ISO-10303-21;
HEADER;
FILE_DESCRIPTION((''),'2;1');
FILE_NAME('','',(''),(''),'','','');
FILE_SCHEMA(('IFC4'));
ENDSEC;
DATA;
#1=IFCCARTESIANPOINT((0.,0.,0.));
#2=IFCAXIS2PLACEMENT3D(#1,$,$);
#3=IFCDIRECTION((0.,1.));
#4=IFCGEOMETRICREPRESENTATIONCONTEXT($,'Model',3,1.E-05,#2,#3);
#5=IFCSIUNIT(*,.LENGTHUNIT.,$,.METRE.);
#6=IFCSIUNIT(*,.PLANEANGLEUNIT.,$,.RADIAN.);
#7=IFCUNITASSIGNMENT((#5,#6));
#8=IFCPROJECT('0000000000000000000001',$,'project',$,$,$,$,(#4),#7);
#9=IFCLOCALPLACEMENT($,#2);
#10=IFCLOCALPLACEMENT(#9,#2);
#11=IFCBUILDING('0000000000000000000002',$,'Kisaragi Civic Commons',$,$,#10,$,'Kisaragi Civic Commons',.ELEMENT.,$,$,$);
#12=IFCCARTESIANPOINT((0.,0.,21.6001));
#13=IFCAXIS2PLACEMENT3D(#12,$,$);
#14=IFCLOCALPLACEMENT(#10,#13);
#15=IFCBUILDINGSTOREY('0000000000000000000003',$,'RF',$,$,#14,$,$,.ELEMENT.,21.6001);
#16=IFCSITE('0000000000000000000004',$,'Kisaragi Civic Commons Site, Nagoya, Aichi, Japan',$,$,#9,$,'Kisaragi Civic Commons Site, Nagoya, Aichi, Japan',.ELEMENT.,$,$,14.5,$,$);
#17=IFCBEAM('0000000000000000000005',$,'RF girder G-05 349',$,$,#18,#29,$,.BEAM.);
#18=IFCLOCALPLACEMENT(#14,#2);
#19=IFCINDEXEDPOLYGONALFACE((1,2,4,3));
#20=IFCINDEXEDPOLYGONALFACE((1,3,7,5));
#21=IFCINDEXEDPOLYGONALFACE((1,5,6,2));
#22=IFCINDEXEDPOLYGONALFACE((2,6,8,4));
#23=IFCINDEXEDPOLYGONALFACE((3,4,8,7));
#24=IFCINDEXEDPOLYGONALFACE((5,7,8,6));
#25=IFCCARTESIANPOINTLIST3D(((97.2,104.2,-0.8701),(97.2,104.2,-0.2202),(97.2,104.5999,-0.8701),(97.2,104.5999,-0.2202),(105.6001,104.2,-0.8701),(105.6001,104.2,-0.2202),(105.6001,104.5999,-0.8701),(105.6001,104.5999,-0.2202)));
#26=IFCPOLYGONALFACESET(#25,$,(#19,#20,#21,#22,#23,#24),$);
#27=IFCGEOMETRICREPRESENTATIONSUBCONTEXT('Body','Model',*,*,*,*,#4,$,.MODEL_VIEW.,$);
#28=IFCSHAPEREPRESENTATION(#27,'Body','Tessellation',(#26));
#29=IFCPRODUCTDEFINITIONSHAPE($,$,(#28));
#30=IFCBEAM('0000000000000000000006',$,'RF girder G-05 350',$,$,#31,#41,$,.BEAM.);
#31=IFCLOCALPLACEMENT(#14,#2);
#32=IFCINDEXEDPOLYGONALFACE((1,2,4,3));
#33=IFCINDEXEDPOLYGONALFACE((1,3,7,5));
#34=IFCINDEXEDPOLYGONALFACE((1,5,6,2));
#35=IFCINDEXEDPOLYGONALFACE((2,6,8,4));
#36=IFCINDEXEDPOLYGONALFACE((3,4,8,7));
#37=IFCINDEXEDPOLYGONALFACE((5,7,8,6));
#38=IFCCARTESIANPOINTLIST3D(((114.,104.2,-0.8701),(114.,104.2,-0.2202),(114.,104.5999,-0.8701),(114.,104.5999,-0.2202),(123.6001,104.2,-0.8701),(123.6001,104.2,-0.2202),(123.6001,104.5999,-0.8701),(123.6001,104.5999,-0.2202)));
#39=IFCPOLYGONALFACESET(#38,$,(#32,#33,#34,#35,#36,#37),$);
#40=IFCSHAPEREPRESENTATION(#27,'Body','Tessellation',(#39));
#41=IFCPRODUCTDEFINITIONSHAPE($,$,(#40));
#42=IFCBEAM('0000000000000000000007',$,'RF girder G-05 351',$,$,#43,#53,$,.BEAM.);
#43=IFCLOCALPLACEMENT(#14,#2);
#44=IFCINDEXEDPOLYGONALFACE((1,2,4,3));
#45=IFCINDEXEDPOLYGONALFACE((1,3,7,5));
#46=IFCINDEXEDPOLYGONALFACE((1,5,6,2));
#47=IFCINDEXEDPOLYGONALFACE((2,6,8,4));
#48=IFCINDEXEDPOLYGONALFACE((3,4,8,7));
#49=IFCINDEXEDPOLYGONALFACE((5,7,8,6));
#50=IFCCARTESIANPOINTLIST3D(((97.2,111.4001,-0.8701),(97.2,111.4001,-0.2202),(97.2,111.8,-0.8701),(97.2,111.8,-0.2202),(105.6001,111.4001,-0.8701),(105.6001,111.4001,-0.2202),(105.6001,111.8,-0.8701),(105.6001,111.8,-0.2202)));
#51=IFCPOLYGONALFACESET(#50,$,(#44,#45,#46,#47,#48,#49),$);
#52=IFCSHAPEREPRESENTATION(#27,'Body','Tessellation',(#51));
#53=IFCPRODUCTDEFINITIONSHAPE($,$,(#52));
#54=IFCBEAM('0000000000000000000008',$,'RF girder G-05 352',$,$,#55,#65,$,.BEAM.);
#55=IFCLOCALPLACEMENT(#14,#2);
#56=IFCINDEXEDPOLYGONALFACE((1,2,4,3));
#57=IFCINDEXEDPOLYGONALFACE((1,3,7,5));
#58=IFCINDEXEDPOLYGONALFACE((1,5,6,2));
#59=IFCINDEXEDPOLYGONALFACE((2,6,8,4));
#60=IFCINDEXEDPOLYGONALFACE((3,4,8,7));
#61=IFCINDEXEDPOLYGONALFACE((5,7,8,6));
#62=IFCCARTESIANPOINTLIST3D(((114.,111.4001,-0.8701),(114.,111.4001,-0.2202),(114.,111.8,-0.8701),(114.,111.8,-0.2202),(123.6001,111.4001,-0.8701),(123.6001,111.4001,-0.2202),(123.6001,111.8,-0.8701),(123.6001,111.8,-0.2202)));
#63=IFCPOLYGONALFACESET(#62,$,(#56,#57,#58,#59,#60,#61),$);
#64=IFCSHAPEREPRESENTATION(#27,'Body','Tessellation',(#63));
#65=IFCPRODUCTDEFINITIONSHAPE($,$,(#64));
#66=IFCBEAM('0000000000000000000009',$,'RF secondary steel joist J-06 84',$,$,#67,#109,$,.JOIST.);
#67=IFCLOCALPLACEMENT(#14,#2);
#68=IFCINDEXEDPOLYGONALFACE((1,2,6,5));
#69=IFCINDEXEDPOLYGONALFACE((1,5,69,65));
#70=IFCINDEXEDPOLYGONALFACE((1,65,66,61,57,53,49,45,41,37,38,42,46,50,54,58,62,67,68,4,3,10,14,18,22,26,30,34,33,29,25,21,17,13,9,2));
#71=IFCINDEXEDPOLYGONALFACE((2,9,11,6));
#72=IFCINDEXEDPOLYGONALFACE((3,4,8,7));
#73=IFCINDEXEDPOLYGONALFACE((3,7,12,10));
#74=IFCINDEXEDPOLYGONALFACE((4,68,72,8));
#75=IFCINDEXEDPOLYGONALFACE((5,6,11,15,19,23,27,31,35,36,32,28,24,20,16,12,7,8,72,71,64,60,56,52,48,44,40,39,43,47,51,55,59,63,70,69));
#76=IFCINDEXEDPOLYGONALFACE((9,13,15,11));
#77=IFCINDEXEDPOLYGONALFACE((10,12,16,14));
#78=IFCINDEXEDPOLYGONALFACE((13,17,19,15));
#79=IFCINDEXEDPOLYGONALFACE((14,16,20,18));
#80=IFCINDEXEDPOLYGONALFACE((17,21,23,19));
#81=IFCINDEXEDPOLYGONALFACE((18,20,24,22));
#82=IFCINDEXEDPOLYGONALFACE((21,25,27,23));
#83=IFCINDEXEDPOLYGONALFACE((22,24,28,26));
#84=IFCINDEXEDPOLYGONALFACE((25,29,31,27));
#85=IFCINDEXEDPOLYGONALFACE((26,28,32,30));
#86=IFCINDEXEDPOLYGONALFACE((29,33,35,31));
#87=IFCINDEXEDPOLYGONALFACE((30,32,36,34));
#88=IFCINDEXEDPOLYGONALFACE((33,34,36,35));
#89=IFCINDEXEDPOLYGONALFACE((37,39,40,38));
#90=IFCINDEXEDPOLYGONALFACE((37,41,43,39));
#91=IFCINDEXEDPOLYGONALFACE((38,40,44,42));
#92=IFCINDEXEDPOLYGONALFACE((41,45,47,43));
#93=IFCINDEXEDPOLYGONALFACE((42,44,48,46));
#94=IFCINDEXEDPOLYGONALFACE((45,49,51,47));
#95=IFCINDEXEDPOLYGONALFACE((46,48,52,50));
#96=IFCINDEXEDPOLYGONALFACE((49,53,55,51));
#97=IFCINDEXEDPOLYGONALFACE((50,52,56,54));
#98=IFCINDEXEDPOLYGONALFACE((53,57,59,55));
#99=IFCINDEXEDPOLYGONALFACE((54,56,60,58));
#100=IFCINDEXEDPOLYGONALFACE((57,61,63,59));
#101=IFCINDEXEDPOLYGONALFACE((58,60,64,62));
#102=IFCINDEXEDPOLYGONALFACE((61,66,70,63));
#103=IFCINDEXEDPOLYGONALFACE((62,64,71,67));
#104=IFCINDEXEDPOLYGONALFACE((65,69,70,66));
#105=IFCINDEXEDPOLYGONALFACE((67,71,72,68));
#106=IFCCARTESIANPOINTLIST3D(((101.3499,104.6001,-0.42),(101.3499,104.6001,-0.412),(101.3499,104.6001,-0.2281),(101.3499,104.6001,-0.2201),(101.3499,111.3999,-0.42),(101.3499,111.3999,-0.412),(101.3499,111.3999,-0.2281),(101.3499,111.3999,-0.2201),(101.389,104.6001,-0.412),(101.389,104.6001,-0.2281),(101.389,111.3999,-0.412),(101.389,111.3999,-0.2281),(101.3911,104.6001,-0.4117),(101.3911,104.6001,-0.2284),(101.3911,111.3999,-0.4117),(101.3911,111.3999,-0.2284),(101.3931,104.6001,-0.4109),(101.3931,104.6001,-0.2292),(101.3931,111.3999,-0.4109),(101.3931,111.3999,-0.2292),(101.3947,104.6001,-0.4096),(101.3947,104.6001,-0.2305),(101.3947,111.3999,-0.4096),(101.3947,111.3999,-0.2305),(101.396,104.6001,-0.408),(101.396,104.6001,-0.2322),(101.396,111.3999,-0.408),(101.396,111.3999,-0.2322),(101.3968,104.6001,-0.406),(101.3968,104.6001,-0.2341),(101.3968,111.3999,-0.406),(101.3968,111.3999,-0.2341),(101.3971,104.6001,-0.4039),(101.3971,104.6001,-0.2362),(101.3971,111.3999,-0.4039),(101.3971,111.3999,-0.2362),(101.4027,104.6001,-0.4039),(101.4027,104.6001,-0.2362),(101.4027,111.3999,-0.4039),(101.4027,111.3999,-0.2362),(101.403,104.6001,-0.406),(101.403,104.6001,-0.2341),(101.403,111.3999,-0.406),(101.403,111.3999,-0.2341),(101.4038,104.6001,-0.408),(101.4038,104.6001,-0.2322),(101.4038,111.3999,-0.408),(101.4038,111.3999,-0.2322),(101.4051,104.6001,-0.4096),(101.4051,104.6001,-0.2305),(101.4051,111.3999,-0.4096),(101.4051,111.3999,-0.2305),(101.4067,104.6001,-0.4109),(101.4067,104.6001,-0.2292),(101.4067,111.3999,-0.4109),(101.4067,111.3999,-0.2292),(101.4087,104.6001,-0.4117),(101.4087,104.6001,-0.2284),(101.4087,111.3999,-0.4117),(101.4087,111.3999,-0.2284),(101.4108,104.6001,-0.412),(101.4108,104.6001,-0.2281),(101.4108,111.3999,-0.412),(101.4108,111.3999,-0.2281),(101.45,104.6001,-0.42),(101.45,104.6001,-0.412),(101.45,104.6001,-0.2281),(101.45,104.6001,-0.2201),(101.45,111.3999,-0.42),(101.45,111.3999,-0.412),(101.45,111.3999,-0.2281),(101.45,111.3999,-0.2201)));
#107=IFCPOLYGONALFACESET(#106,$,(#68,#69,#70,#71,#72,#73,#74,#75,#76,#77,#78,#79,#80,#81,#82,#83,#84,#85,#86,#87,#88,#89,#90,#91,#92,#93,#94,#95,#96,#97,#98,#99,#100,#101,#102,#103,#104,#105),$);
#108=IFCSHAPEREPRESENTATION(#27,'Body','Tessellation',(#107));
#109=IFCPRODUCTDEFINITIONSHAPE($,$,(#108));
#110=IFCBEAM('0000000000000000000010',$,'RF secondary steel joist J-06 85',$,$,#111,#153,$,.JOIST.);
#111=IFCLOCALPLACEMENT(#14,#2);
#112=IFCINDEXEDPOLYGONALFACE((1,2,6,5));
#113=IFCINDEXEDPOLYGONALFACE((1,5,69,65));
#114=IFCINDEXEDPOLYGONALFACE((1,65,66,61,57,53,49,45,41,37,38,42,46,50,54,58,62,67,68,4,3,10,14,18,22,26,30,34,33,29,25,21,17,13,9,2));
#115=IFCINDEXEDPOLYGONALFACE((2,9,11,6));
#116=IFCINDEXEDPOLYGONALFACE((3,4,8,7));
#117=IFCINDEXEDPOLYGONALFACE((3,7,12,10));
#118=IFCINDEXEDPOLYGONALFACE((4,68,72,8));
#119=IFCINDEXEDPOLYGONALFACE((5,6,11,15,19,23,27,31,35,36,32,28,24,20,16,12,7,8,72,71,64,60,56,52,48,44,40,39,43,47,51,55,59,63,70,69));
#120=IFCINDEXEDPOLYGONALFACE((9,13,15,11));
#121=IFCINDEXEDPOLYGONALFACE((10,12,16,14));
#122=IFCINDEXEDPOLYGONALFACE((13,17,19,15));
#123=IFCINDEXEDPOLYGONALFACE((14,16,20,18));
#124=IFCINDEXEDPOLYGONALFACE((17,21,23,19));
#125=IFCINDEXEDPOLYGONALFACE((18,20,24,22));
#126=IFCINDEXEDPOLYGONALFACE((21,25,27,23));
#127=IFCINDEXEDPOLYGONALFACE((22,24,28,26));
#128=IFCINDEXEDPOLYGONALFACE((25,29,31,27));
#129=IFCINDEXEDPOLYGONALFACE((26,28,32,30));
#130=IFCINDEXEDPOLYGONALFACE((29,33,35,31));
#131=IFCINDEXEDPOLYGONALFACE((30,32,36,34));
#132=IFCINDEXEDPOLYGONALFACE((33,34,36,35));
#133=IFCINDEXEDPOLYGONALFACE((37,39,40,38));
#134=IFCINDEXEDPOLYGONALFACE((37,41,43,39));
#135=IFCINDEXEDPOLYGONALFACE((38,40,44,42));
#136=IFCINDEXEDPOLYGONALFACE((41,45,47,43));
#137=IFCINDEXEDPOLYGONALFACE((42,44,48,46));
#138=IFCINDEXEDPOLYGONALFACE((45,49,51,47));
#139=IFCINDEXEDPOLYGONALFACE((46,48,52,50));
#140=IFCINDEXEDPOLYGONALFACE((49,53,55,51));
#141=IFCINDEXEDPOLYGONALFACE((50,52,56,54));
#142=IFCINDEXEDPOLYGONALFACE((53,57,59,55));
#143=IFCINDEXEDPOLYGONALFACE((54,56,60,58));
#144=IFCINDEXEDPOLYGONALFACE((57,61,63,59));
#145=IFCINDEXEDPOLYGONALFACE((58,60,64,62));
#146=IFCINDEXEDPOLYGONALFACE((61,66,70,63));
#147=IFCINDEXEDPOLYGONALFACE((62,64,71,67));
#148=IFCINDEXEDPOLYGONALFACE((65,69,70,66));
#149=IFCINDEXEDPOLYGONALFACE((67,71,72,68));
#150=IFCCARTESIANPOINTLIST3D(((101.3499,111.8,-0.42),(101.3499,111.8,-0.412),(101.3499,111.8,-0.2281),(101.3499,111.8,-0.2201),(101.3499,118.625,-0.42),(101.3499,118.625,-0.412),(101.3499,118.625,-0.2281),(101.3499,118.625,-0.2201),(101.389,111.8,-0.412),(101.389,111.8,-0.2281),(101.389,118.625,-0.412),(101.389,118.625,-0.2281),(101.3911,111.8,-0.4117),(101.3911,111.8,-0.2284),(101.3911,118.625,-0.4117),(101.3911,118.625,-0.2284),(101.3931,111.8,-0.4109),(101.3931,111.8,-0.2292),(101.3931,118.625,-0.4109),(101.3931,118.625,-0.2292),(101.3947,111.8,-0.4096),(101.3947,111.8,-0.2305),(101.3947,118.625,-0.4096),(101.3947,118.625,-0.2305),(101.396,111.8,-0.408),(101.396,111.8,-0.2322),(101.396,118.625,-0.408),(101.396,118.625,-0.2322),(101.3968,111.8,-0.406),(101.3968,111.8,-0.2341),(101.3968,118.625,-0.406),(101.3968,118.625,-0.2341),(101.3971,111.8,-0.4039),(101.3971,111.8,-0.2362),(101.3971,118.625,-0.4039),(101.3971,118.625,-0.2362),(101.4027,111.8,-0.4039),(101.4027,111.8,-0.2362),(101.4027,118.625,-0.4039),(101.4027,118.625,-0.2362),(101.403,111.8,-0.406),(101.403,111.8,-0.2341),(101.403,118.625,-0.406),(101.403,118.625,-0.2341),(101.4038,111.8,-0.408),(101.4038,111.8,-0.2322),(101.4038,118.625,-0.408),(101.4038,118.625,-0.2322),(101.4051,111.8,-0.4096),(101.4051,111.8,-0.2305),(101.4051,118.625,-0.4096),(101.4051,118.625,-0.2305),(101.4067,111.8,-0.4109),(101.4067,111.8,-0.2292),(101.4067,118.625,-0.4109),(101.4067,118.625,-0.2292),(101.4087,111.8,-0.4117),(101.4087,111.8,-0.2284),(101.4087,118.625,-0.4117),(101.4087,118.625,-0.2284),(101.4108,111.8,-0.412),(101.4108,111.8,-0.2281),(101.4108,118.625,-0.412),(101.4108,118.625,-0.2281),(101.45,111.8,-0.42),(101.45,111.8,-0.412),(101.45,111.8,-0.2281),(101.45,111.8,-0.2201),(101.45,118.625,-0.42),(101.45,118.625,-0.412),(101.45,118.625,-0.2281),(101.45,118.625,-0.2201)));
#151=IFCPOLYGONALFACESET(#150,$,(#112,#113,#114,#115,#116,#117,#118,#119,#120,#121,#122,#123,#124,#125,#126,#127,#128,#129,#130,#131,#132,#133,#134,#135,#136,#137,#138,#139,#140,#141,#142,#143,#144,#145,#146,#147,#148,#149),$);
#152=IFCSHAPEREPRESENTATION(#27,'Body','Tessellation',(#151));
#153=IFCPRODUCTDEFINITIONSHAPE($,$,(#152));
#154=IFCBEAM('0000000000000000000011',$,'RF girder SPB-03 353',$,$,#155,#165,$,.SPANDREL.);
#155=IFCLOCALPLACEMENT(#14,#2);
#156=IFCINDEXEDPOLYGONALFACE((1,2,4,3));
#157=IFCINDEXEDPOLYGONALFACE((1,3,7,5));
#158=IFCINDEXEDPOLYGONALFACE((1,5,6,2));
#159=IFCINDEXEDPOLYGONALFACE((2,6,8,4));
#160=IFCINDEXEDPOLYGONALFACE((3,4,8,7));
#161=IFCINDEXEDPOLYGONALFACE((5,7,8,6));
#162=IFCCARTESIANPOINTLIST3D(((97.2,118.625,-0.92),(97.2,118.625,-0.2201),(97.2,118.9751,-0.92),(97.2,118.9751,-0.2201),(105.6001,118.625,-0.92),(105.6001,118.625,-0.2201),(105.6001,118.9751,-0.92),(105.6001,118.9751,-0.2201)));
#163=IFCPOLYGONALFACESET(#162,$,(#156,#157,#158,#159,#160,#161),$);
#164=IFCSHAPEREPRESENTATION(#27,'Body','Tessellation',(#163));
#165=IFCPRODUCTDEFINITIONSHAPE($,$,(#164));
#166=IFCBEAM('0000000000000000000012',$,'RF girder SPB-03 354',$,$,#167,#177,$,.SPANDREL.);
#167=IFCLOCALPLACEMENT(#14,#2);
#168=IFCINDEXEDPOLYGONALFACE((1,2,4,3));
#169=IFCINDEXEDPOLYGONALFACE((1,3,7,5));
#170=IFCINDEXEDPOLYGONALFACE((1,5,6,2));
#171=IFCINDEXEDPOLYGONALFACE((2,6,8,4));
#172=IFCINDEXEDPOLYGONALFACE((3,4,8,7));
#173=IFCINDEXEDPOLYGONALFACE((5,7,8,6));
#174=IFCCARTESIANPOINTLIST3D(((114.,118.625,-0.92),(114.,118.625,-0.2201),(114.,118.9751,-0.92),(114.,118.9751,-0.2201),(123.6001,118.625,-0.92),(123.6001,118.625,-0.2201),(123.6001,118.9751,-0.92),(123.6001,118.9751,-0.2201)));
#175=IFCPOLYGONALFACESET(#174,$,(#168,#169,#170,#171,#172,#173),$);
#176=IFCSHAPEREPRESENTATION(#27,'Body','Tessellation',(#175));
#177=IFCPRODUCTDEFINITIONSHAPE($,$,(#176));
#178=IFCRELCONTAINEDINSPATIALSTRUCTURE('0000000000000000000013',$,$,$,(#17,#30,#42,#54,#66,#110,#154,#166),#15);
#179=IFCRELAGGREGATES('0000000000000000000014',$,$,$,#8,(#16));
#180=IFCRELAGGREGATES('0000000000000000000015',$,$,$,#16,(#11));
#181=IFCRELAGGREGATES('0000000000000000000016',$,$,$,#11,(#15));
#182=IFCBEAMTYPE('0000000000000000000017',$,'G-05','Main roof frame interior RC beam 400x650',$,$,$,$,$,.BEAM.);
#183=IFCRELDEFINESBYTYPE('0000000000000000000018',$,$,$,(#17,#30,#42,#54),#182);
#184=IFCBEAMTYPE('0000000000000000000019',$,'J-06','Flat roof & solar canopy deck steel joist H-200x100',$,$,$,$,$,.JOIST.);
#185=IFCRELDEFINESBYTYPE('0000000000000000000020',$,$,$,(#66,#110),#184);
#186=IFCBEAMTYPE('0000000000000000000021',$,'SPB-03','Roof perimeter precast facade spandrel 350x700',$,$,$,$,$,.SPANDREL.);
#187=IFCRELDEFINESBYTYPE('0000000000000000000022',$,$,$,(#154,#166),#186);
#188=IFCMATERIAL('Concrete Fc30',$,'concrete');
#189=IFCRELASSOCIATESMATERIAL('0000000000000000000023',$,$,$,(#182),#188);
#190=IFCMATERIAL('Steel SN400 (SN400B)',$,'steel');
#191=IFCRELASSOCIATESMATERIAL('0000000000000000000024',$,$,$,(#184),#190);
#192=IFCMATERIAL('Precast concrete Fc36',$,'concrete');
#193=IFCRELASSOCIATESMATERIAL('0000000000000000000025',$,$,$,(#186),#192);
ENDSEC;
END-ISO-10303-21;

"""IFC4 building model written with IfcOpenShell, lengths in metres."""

from ifc_helpers import new_model, si_unit, direction, frame, origin, origin_2d, place, context, subcontext, project, spatial, rectangle, i_section, extrude, material, material_profile, profile_set, type_object, element, save


model = new_model("IFC4")

# Units and contexts
model_context = context("Model", 3, precision=1e-05, world=origin(), true_north=direction((0.0, 1.0)))
body_context = subcontext(model_context, "Body", "Model", "MODEL_VIEW")
ifc_project = project(units=[si_unit("LENGTHUNIT", "METRE"), si_unit("PLANEANGLEUNIT", "RADIAN")], contexts=[model_context])

# Site, building, storey
site_placement = place(None, origin())
site = spatial("IfcSite", under=ifc_project, at=site_placement, Name="Kisaragi Civic Commons Site, Nagoya, Aichi, Japan", LongName="Kisaragi Civic Commons Site, Nagoya, Aichi, Japan", CompositionType="ELEMENT", RefElevation=14.5)
building_placement = place(site_placement, origin())
building = spatial("IfcBuilding", under=site, at=building_placement, Name="Kisaragi Civic Commons", LongName="Kisaragi Civic Commons", CompositionType="ELEMENT")
storey_placement = place(building_placement, frame((0.0, 0.0, 21.6001)))
storey = spatial("IfcBuildingStorey", under=building, at=storey_placement, Name="RF", CompositionType="ELEMENT", Elevation=21.6001)

# Beams
ifc_material_1 = material(Name="Concrete Fc30", Category="concrete")
ifc_material_profile_1 = material_profile(ifc_material_1, rectangle(XDim=0.3999, YDim=0.6499, at=origin_2d()), Name="RC-400x650", Category="concrete")
ifc_profile_set_1 = profile_set([ifc_material_profile_1], Name="Concrete Fc30")
beam_type_1 = type_object("IfcBeamType", Name="G-05", Description="Main roof frame interior RC beam 400x650", PredefinedType="BEAM", material=ifc_profile_set_1)
beam_1_placement = place(storey_placement, frame((97.2, 104.3999, -0.5452), z_axis=(1.0, 0.0, 0.0), x_axis=(0.0, 1.0, 0.0)))
element("IfcBeam", 1, at=beam_1_placement, inside=storey, type_object=beam_type_1, Name="RF girder G-05 349", PredefinedType="BEAM", context=body_context, shape_type="SweptSolid", body=[
    extrude(rectangle(XDim=0.3999, YDim=0.6499, at=origin_2d()), origin(), (0.0, 0.0, 1.0), 8.4001),
])
beam_2_placement = place(storey_placement, frame((114.0, 104.3999, -0.5452), z_axis=(1.0, 0.0, 0.0), x_axis=(0.0, 1.0, 0.0)))
element("IfcBeam", 2, at=beam_2_placement, inside=storey, type_object=beam_type_1, Name="RF girder G-05 350", PredefinedType="BEAM", context=body_context, shape_type="SweptSolid", body=[
    extrude(rectangle(XDim=0.3999, YDim=0.6499, at=origin_2d()), origin(), (0.0, 0.0, 1.0), 9.6001),
])
beam_3_placement = place(storey_placement, frame((97.2, 111.6001, -0.5452), z_axis=(1.0, 0.0, 0.0), x_axis=(0.0, 1.0, 0.0)))
element("IfcBeam", 3, at=beam_3_placement, inside=storey, type_object=beam_type_1, Name="RF girder G-05 351", PredefinedType="BEAM", context=body_context, shape_type="SweptSolid", body=[
    extrude(rectangle(XDim=0.3999, YDim=0.6499, at=origin_2d()), origin(), (0.0, 0.0, 1.0), 8.4001),
])
beam_4_placement = place(storey_placement, frame((114.0, 111.6001, -0.5452), z_axis=(1.0, 0.0, 0.0), x_axis=(0.0, 1.0, 0.0)))
element("IfcBeam", 4, at=beam_4_placement, inside=storey, type_object=beam_type_1, Name="RF girder G-05 352", PredefinedType="BEAM", context=body_context, shape_type="SweptSolid", body=[
    extrude(rectangle(XDim=0.3999, YDim=0.6499, at=origin_2d()), origin(), (0.0, 0.0, 1.0), 9.6001),
])
ifc_material_2 = material(Name="Steel SN400 (SN400B)", Category="steel")
ifc_material_profile_2 = material_profile(ifc_material_2, i_section(OverallWidth=0.1001, OverallDepth=0.2, WebThickness=0.0056, FlangeThickness=0.0081, FilletRadius=0.0081, at=origin_2d()), Name="H-200x100x5.5x8", Category="steel")
ifc_profile_set_2 = profile_set([ifc_material_profile_2], Name="Steel SN400 (SN400B)")
beam_type_2 = type_object("IfcBeamType", Name="J-06", Description="Flat roof & solar canopy deck steel joist H-200x100", PredefinedType="JOIST", material=ifc_profile_set_2)
beam_5_placement = place(storey_placement, frame((101.3999, 104.6001, -0.3201), z_axis=(0.0, 1.0, 0.0), x_axis=(-1.0, 0.0, 0.0)))
element("IfcBeam", 5, at=beam_5_placement, inside=storey, type_object=beam_type_2, Name="RF secondary steel joist J-06 84", PredefinedType="JOIST", context=body_context, shape_type="SweptSolid", body=[
    extrude(i_section(OverallWidth=0.1001, OverallDepth=0.2, WebThickness=0.0056, FlangeThickness=0.0081, FilletRadius=0.0081, at=origin_2d()), origin(), (0.0, 0.0, 1.0), 6.7998),
])
beam_6_placement = place(storey_placement, frame((101.3999, 111.8, -0.3201), z_axis=(0.0, 1.0, 0.0), x_axis=(-1.0, 0.0, 0.0)))
element("IfcBeam", 6, at=beam_6_placement, inside=storey, type_object=beam_type_2, Name="RF secondary steel joist J-06 85", PredefinedType="JOIST", context=body_context, shape_type="SweptSolid", body=[
    extrude(i_section(OverallWidth=0.1001, OverallDepth=0.2, WebThickness=0.0056, FlangeThickness=0.0081, FilletRadius=0.0081, at=origin_2d()), origin(), (0.0, 0.0, 1.0), 6.825),
])
ifc_material_3 = material(Name="Precast concrete Fc36", Category="concrete")
ifc_material_profile_3 = material_profile(ifc_material_3, rectangle(XDim=0.3501, YDim=0.7, at=origin_2d()), Name="PC-350x700", Category="concrete")
ifc_profile_set_3 = profile_set([ifc_material_profile_3], Name="Precast concrete Fc36")
beam_type_3 = type_object("IfcBeamType", Name="SPB-03", Description="Roof perimeter precast facade spandrel 350x700", PredefinedType="SPANDREL", material=ifc_profile_set_3)
beam_7_placement = place(storey_placement, frame((97.2, 118.8, -0.5701), z_axis=(1.0, 0.0, 0.0), x_axis=(0.0, 1.0, 0.0)))
element("IfcBeam", 7, at=beam_7_placement, inside=storey, type_object=beam_type_3, Name="RF girder SPB-03 353", PredefinedType="SPANDREL", context=body_context, shape_type="SweptSolid", body=[
    extrude(rectangle(XDim=0.3501, YDim=0.7, at=origin_2d()), origin(), (0.0, 0.0, 1.0), 8.4001),
])
beam_8_placement = place(storey_placement, frame((114.0, 118.8, -0.5701), z_axis=(1.0, 0.0, 0.0), x_axis=(0.0, 1.0, 0.0)))
element("IfcBeam", 8, at=beam_8_placement, inside=storey, type_object=beam_type_3, Name="RF girder SPB-03 354", PredefinedType="SPANDREL", context=body_context, shape_type="SweptSolid", body=[
    extrude(rectangle(XDim=0.3501, YDim=0.7, at=origin_2d()), origin(), (0.0, 0.0, 1.0), 9.6001),
])

save(model, "model.ifc")
